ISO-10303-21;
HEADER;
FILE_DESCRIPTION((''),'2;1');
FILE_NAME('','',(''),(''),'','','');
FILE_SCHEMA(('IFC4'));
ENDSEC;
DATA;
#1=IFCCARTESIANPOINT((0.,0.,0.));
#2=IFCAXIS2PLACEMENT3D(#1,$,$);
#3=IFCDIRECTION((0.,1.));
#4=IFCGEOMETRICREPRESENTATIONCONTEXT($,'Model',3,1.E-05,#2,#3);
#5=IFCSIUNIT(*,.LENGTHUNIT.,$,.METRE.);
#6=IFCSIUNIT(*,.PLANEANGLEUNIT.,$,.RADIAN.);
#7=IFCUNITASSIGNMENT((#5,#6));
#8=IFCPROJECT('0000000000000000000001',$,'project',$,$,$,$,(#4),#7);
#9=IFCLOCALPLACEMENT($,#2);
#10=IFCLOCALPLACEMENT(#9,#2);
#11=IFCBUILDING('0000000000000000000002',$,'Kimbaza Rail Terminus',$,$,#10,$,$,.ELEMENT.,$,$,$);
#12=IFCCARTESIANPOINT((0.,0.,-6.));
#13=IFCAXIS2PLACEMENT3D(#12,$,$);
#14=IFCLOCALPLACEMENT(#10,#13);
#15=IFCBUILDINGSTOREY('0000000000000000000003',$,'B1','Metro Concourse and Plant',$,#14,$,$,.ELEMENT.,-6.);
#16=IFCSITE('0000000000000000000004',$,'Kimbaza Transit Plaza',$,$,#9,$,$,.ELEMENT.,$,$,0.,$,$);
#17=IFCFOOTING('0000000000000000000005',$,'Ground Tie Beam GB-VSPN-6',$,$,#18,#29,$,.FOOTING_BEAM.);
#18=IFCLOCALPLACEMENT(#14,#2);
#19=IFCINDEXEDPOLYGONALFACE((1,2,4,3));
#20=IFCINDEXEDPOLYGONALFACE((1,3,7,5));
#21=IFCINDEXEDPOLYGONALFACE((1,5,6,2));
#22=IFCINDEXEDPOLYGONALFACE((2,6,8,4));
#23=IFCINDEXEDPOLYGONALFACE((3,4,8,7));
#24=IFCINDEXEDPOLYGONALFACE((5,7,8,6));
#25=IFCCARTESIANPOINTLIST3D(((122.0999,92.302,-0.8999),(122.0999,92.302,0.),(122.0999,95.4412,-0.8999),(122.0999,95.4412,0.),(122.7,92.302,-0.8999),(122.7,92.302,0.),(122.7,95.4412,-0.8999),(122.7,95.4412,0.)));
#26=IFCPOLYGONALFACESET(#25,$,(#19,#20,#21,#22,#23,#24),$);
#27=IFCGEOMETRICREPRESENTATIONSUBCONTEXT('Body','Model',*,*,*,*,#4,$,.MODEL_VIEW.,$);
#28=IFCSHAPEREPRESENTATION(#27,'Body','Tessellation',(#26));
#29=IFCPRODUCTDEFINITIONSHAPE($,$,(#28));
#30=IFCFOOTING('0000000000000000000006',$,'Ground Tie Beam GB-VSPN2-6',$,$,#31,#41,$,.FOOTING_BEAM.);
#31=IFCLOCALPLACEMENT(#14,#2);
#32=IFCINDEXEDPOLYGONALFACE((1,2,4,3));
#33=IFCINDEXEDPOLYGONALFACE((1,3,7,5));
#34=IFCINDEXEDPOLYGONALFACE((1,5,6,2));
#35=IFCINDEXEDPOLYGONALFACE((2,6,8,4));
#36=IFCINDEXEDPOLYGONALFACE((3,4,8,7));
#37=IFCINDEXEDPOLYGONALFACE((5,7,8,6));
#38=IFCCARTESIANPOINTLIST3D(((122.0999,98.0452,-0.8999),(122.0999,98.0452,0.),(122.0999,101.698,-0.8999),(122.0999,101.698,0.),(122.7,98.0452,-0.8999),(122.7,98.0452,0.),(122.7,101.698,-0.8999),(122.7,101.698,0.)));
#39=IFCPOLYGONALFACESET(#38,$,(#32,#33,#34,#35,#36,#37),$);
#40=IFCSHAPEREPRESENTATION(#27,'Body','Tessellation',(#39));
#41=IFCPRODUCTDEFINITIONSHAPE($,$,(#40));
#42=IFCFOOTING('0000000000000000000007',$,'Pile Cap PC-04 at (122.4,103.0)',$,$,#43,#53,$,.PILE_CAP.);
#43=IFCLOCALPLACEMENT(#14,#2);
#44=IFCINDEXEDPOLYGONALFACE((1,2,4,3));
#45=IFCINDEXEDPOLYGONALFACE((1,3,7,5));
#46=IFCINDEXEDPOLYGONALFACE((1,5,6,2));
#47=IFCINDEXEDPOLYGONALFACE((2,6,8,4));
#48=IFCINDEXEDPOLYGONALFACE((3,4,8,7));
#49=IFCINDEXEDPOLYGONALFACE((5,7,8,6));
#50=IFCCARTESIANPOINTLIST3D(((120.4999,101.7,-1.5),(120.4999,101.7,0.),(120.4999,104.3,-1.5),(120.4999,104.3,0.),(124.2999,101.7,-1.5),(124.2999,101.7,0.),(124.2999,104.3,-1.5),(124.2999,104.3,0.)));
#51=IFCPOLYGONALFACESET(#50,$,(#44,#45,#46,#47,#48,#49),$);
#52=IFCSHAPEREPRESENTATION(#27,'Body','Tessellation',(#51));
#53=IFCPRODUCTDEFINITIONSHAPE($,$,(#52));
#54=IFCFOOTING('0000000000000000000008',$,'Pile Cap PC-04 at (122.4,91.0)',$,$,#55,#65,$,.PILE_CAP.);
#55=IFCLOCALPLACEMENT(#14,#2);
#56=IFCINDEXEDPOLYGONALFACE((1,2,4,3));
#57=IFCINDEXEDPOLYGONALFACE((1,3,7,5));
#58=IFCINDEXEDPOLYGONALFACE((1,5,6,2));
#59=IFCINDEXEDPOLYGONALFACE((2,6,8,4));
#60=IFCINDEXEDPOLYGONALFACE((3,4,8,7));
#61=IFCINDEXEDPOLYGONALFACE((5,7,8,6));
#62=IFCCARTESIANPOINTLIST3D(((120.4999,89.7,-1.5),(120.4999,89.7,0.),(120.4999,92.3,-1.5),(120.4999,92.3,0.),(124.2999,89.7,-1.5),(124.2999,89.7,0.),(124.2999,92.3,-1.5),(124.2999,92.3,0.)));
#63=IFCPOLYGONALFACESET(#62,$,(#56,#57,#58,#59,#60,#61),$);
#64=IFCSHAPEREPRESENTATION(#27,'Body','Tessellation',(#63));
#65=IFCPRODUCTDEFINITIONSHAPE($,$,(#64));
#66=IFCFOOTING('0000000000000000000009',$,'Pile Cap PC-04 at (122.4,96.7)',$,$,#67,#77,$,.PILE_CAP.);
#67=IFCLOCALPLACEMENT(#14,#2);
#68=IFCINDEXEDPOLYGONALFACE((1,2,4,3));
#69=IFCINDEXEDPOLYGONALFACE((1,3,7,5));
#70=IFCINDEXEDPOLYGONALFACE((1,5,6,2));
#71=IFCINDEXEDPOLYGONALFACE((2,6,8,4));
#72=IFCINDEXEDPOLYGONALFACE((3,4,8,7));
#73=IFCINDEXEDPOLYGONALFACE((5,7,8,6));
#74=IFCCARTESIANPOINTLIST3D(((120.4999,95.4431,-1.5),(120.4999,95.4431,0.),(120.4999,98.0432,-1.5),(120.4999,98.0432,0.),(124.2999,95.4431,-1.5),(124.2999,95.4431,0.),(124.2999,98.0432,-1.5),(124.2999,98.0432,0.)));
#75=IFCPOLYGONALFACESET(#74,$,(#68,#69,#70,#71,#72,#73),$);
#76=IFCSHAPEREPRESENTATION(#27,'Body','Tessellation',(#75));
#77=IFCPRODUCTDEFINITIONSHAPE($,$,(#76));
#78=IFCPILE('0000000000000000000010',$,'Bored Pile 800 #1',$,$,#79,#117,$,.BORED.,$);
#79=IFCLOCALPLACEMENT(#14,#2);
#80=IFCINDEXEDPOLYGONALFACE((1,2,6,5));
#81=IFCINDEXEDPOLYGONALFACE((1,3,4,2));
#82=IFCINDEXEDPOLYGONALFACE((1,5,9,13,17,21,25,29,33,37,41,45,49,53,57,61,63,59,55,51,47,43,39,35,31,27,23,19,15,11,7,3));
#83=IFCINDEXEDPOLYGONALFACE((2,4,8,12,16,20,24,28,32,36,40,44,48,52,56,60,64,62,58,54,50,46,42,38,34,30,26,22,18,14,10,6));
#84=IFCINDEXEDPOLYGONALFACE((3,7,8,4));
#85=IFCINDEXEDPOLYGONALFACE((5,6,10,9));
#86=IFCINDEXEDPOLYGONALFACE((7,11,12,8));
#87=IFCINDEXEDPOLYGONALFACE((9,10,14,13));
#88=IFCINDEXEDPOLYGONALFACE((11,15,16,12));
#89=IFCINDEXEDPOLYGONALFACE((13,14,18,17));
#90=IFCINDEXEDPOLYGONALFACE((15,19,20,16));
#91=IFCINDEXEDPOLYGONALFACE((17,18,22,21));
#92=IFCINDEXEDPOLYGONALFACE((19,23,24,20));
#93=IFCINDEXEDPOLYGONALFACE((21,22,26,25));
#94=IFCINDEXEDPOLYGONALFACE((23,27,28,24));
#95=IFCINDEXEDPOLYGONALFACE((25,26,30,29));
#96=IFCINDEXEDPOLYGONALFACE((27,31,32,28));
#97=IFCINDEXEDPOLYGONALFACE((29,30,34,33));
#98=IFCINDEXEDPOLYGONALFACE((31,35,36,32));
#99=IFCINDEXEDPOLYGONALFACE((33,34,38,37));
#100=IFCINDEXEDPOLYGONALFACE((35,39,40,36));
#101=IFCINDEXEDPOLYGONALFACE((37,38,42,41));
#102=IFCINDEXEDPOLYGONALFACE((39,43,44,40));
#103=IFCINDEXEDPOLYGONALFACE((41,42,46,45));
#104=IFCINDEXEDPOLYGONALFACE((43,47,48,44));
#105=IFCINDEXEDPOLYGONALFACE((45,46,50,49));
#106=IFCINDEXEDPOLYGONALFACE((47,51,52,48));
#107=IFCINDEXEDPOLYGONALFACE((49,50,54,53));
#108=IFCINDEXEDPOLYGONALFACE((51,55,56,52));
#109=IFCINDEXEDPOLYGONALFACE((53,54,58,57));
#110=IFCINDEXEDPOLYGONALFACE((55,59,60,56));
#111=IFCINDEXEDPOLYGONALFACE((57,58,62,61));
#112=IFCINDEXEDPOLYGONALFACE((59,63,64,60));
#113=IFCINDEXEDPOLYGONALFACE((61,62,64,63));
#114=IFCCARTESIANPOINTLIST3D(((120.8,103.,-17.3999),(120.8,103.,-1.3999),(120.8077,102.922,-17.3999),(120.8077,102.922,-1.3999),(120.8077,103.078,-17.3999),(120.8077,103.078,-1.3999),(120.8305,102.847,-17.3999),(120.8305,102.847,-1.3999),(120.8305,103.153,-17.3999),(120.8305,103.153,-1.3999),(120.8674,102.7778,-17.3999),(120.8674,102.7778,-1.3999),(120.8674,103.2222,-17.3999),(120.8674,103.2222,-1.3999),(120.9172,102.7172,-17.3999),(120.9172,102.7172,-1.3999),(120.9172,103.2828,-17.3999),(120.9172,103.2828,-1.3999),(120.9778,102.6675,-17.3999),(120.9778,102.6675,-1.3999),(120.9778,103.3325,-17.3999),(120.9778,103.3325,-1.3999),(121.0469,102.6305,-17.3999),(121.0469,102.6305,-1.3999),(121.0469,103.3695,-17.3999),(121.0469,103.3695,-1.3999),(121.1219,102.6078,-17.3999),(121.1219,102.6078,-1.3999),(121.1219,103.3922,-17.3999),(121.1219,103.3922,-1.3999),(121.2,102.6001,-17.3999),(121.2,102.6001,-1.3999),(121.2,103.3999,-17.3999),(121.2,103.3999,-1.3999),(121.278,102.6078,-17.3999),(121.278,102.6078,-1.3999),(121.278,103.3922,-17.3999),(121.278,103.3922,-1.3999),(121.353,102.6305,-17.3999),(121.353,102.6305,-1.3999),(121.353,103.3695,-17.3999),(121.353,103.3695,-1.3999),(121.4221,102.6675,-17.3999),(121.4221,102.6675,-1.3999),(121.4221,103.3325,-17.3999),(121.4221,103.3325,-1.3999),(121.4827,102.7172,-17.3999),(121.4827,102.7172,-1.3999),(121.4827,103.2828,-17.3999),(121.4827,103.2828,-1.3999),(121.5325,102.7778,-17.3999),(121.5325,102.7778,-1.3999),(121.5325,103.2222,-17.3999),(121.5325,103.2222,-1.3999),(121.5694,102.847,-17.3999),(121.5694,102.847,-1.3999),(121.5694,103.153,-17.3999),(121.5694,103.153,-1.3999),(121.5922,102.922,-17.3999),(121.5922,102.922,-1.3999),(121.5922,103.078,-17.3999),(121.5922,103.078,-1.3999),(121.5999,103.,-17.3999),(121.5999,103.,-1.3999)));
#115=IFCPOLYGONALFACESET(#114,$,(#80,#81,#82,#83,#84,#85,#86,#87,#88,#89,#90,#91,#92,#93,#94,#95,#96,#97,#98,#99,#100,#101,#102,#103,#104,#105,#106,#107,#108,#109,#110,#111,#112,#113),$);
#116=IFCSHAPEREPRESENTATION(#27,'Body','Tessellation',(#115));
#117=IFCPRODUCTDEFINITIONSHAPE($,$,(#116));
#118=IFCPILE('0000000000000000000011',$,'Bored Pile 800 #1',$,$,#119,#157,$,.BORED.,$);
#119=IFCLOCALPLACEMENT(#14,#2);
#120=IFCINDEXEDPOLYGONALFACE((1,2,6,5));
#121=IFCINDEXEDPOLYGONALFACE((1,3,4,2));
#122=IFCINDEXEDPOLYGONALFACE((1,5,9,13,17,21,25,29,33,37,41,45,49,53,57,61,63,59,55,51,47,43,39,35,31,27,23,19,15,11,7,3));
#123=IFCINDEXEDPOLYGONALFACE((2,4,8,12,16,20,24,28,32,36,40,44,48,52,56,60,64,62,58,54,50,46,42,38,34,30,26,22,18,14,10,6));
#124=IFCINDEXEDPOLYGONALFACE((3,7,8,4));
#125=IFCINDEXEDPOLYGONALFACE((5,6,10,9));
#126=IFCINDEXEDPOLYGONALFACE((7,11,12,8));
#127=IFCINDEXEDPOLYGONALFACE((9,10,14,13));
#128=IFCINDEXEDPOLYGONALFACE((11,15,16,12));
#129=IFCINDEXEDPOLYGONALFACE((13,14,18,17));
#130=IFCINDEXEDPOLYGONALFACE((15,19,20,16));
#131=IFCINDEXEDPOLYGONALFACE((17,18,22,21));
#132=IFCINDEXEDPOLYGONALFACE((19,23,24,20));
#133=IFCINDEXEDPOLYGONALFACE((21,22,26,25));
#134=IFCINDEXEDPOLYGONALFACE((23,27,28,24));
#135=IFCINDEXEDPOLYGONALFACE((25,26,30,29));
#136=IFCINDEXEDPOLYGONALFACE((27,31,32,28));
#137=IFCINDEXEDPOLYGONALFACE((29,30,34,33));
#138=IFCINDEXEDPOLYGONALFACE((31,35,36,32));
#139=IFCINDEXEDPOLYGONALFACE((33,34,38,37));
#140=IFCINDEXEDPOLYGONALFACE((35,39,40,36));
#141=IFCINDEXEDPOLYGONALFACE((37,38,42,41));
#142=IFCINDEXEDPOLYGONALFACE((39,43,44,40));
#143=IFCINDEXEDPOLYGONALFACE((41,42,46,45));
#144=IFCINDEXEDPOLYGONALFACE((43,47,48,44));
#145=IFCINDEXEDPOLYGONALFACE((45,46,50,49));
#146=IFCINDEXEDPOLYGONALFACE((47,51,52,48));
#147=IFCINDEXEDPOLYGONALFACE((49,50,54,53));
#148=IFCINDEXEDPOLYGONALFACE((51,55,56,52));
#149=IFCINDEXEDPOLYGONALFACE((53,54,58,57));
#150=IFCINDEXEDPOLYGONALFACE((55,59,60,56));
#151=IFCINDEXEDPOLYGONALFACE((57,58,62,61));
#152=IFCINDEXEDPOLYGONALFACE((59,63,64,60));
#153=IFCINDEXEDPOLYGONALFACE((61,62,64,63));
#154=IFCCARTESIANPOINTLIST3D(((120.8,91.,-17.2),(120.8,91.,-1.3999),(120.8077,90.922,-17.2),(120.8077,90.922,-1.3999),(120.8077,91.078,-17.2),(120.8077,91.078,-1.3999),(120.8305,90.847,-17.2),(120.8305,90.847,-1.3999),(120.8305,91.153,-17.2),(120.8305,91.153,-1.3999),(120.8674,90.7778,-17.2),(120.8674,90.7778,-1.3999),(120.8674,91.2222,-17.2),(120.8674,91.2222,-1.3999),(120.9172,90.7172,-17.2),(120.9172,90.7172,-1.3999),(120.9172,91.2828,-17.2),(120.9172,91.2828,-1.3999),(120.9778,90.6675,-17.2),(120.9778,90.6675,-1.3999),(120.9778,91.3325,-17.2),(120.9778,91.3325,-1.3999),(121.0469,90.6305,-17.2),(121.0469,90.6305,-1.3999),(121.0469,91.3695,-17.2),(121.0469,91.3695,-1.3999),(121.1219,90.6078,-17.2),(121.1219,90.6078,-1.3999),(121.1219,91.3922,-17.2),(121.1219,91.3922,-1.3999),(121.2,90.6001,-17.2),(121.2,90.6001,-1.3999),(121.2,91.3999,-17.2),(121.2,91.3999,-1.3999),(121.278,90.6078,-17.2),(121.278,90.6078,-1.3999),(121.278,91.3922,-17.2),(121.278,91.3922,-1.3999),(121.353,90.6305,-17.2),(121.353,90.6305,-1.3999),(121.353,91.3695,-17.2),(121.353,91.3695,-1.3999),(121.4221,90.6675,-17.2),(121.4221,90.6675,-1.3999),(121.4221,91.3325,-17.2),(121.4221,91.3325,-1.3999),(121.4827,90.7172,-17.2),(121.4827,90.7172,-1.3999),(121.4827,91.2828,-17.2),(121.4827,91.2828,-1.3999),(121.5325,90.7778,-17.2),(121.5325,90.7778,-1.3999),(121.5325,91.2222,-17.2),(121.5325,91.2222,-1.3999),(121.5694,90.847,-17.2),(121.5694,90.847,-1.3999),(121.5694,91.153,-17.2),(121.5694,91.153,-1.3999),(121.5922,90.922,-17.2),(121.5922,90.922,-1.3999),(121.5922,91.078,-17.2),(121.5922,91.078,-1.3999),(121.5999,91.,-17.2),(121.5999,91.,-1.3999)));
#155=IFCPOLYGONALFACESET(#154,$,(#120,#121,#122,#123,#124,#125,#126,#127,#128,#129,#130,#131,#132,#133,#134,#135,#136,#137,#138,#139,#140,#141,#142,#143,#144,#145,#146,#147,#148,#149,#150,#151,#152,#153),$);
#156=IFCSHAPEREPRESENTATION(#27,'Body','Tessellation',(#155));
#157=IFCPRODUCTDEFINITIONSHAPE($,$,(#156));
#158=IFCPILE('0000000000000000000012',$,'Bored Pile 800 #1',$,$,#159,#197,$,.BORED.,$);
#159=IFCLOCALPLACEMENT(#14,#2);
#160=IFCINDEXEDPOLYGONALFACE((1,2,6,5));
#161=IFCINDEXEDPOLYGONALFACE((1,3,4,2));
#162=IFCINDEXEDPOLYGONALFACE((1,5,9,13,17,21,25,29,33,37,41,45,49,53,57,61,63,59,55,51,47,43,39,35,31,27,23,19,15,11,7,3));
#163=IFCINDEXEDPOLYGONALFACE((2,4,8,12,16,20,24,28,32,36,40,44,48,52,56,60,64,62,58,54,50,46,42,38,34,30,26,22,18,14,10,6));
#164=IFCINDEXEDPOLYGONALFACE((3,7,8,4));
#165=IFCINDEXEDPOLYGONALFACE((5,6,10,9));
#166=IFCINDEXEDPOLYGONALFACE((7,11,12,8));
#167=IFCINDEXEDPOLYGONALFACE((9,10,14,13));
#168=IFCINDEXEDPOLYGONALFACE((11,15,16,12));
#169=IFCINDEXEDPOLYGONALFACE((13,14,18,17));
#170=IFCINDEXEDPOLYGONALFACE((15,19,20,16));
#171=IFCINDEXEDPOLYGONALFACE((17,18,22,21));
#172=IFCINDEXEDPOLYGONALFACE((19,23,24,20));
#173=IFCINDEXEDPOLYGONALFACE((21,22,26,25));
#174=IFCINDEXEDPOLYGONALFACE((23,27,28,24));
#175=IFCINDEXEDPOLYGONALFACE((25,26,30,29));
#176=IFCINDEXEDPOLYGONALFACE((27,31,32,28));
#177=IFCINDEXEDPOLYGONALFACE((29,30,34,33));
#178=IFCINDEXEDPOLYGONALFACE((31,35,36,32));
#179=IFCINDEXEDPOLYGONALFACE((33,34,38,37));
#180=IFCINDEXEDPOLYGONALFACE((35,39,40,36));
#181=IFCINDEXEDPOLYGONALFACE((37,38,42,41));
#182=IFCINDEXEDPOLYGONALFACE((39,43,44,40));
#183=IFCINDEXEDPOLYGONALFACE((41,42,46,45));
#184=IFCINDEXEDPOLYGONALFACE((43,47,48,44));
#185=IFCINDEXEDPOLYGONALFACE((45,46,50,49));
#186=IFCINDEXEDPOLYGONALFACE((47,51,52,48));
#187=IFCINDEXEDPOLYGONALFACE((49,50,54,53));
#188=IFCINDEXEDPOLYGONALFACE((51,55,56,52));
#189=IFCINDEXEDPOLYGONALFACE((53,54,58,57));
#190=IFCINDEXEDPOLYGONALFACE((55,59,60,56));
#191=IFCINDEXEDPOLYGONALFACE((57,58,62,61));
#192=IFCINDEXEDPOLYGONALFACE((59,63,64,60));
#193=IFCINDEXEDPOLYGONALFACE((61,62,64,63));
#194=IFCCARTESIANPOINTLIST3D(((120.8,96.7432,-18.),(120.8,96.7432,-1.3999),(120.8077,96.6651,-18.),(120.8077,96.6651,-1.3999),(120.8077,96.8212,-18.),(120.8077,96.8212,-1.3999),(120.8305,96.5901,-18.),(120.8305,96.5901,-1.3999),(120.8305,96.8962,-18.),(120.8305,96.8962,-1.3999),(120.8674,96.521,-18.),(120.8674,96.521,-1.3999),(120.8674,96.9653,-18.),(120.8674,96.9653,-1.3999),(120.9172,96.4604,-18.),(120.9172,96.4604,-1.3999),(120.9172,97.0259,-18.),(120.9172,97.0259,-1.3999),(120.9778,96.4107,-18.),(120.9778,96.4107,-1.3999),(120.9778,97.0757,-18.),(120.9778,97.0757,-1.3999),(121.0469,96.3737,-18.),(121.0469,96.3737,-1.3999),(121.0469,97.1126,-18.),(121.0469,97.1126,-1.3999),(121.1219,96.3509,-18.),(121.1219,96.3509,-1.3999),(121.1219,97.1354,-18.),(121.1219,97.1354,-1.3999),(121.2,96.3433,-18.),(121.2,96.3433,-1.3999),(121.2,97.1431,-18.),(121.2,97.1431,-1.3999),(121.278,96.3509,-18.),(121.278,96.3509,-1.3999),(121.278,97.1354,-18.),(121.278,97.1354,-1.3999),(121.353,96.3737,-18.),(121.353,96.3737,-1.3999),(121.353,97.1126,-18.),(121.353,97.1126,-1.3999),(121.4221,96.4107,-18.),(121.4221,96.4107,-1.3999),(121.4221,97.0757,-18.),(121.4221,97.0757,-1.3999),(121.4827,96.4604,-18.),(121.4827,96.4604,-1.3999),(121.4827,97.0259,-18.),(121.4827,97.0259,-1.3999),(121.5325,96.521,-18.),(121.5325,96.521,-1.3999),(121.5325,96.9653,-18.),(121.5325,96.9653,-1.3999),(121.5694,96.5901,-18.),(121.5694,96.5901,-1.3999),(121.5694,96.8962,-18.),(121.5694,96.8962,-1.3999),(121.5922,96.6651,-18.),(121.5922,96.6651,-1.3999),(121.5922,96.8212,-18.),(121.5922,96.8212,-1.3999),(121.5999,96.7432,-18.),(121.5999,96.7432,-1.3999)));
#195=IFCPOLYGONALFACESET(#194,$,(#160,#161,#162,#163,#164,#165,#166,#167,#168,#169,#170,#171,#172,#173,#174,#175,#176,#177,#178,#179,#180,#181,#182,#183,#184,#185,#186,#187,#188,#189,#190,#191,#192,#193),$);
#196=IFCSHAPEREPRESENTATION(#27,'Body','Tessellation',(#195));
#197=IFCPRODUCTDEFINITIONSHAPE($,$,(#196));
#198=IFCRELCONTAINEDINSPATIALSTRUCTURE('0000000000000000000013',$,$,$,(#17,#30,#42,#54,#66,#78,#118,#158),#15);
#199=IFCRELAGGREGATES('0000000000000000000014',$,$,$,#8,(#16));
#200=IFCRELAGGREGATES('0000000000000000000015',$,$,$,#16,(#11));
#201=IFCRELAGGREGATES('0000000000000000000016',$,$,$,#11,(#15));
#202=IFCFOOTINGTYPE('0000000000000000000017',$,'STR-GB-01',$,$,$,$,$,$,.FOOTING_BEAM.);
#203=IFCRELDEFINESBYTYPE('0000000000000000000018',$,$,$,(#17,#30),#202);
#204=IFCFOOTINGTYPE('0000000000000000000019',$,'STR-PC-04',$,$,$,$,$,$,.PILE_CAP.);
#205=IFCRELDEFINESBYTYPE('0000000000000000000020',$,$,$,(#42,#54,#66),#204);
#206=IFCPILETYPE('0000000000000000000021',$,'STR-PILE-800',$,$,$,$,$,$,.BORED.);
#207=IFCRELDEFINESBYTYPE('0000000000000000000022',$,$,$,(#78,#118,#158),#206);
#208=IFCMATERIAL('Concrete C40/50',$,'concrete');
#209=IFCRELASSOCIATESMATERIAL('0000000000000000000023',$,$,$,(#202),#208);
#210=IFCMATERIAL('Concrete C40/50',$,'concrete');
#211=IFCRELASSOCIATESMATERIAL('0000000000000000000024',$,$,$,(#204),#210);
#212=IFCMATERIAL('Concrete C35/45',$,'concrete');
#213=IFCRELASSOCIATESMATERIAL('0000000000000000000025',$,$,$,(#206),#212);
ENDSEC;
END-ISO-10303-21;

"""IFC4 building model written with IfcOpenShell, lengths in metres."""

from ifc_helpers import new_model, si_unit, direction, frame, origin, origin_2d, place, context, subcontext, project, spatial, rectangle, circle, extrude, material, material_profile, profile_set, type_object, element, save


model = new_model("IFC4")

# Units and contexts
model_context = context("Model", 3, precision=1e-05, world=origin(), true_north=direction((0.0, 1.0)))
body_context = subcontext(model_context, "Body", "Model", "MODEL_VIEW")
ifc_project = project(units=[si_unit("LENGTHUNIT", "METRE"), si_unit("PLANEANGLEUNIT", "RADIAN")], contexts=[model_context])

# Site, building, storey
site_placement = place(None, origin())
site = spatial("IfcSite", under=ifc_project, at=site_placement, Name="Kimbaza Transit Plaza", CompositionType="ELEMENT", RefElevation=0.0)
building_placement = place(site_placement, origin())
building = spatial("IfcBuilding", under=site, at=building_placement, Name="Kimbaza Rail Terminus", CompositionType="ELEMENT")
storey_placement = place(building_placement, frame((0.0, 0.0, -6.0)))
storey = spatial("IfcBuildingStorey", under=building, at=storey_placement, Name="B1", Description="Metro Concourse and Plant", CompositionType="ELEMENT", Elevation=-6.0)

# Footings
ifc_material_1 = material(Name="Concrete C40/50", Category="concrete")
ifc_material_profile_1 = material_profile(ifc_material_1, rectangle(XDim=0.6001, YDim=0.8999, at=origin_2d()), Name="GB-01 600x900")
ifc_profile_set_1 = profile_set([ifc_material_profile_1], Name="Concrete C40/50")
footing_type_1 = type_object("IfcFootingType", Name="STR-GB-01", PredefinedType="FOOTING_BEAM", material=ifc_profile_set_1)
footing_1_placement = place(storey_placement, frame((122.3999, 92.302, -0.45), z_axis=(0.0, 1.0, 0.0), x_axis=(-1.0, 0.0, 0.0)))
element("IfcFooting", 1, at=footing_1_placement, inside=storey, type_object=footing_type_1, Name="Ground Tie Beam GB-VSPN-6", PredefinedType="FOOTING_BEAM", context=body_context, shape_type="SweptSolid", body=[
    extrude(rectangle(XDim=0.6001, YDim=0.8999, at=origin_2d()), origin(), (0.0, 0.0, 1.0), 3.1392),
])
footing_2_placement = place(storey_placement, frame((122.3999, 98.0452, -0.45), z_axis=(0.0, 1.0, 0.0), x_axis=(-1.0, 0.0, 0.0)))
element("IfcFooting", 2, at=footing_2_placement, inside=storey, type_object=footing_type_1, Name="Ground Tie Beam GB-VSPN2-6", PredefinedType="FOOTING_BEAM", context=body_context, shape_type="SweptSolid", body=[
    extrude(rectangle(XDim=0.6001, YDim=0.8999, at=origin_2d()), origin(), (0.0, 0.0, 1.0), 3.6528),
])
ifc_material_2 = material(Name="Concrete C40/50", Category="concrete")
footing_type_2 = type_object("IfcFootingType", Name="STR-PC-04", PredefinedType="PILE_CAP", material=ifc_material_2)
for number, where, z_axis, x_axis, name in (
    (3, (122.3999, 103.0, -1.5), (0.0, 0.0, 1.0), (1.0, 0.0, 0.0), "Pile Cap PC-04 at (122.4,103.0)"),
    (4, (122.3999, 91.0, -1.5), (0.0, 0.0, 1.0), (1.0, 0.0, 0.0), "Pile Cap PC-04 at (122.4,91.0)"),
    (5, (122.3999, 96.7432, -1.5), (0.0, 0.0, 1.0), (1.0, 0.0, 0.0), "Pile Cap PC-04 at (122.4,96.7)"),
):
    element("IfcFooting", number, at=place(storey_placement, frame(where, z_axis=z_axis, x_axis=x_axis)), inside=storey, type_object=footing_type_2, Name=name, PredefinedType="PILE_CAP", context=body_context, shape_type="SweptSolid", body=[
        extrude(rectangle(XDim=3.8, YDim=2.6001, at=origin_2d()), origin(), (0.0, 0.0, 1.0), 1.5),
    ])

# Piles
ifc_material_3 = material(Name="Concrete C35/45", Category="concrete")
ifc_material_profile_2 = material_profile(ifc_material_3, circle(Radius=0.3999, at=origin_2d()), Name="BORED PILE 800")
ifc_profile_set_2 = profile_set([ifc_material_profile_2], Name="Concrete C35/45")
pile_type = type_object("IfcPileType", Name="STR-PILE-800", PredefinedType="BORED", material=ifc_profile_set_2)
pile_1_placement = place(storey_placement, frame((121.2, 103.0, -1.3999), z_axis=(0.0, 0.0, -1.0), x_axis=(1.0, 0.0, 0.0)))
element("IfcPile", 6, at=pile_1_placement, inside=storey, type_object=pile_type, Name="Bored Pile 800 #1", PredefinedType="BORED", context=body_context, shape_type="SweptSolid", body=[
    extrude(circle(Radius=0.3999, at=origin_2d()), origin(), (0.0, 0.0, 1.0), 16.0),
])
pile_2_placement = place(storey_placement, frame((121.2, 91.0, -1.3999), z_axis=(0.0, 0.0, -1.0), x_axis=(1.0, 0.0, 0.0)))
element("IfcPile", 7, at=pile_2_placement, inside=storey, type_object=pile_type, Name="Bored Pile 800 #1", PredefinedType="BORED", context=body_context, shape_type="SweptSolid", body=[
    extrude(circle(Radius=0.3999, at=origin_2d()), origin(), (0.0, 0.0, 1.0), 15.8),
])
pile_3_placement = place(storey_placement, frame((121.2, 96.7432, -1.3999), z_axis=(0.0, 0.0, -1.0), x_axis=(1.0, 0.0, 0.0)))
element("IfcPile", 8, at=pile_3_placement, inside=storey, type_object=pile_type, Name="Bored Pile 800 #1", PredefinedType="BORED", context=body_context, shape_type="SweptSolid", body=[
    extrude(circle(Radius=0.3999, at=origin_2d()), origin(), (0.0, 0.0, 1.0), 16.6001),
])

save(model, "model.ifc")
